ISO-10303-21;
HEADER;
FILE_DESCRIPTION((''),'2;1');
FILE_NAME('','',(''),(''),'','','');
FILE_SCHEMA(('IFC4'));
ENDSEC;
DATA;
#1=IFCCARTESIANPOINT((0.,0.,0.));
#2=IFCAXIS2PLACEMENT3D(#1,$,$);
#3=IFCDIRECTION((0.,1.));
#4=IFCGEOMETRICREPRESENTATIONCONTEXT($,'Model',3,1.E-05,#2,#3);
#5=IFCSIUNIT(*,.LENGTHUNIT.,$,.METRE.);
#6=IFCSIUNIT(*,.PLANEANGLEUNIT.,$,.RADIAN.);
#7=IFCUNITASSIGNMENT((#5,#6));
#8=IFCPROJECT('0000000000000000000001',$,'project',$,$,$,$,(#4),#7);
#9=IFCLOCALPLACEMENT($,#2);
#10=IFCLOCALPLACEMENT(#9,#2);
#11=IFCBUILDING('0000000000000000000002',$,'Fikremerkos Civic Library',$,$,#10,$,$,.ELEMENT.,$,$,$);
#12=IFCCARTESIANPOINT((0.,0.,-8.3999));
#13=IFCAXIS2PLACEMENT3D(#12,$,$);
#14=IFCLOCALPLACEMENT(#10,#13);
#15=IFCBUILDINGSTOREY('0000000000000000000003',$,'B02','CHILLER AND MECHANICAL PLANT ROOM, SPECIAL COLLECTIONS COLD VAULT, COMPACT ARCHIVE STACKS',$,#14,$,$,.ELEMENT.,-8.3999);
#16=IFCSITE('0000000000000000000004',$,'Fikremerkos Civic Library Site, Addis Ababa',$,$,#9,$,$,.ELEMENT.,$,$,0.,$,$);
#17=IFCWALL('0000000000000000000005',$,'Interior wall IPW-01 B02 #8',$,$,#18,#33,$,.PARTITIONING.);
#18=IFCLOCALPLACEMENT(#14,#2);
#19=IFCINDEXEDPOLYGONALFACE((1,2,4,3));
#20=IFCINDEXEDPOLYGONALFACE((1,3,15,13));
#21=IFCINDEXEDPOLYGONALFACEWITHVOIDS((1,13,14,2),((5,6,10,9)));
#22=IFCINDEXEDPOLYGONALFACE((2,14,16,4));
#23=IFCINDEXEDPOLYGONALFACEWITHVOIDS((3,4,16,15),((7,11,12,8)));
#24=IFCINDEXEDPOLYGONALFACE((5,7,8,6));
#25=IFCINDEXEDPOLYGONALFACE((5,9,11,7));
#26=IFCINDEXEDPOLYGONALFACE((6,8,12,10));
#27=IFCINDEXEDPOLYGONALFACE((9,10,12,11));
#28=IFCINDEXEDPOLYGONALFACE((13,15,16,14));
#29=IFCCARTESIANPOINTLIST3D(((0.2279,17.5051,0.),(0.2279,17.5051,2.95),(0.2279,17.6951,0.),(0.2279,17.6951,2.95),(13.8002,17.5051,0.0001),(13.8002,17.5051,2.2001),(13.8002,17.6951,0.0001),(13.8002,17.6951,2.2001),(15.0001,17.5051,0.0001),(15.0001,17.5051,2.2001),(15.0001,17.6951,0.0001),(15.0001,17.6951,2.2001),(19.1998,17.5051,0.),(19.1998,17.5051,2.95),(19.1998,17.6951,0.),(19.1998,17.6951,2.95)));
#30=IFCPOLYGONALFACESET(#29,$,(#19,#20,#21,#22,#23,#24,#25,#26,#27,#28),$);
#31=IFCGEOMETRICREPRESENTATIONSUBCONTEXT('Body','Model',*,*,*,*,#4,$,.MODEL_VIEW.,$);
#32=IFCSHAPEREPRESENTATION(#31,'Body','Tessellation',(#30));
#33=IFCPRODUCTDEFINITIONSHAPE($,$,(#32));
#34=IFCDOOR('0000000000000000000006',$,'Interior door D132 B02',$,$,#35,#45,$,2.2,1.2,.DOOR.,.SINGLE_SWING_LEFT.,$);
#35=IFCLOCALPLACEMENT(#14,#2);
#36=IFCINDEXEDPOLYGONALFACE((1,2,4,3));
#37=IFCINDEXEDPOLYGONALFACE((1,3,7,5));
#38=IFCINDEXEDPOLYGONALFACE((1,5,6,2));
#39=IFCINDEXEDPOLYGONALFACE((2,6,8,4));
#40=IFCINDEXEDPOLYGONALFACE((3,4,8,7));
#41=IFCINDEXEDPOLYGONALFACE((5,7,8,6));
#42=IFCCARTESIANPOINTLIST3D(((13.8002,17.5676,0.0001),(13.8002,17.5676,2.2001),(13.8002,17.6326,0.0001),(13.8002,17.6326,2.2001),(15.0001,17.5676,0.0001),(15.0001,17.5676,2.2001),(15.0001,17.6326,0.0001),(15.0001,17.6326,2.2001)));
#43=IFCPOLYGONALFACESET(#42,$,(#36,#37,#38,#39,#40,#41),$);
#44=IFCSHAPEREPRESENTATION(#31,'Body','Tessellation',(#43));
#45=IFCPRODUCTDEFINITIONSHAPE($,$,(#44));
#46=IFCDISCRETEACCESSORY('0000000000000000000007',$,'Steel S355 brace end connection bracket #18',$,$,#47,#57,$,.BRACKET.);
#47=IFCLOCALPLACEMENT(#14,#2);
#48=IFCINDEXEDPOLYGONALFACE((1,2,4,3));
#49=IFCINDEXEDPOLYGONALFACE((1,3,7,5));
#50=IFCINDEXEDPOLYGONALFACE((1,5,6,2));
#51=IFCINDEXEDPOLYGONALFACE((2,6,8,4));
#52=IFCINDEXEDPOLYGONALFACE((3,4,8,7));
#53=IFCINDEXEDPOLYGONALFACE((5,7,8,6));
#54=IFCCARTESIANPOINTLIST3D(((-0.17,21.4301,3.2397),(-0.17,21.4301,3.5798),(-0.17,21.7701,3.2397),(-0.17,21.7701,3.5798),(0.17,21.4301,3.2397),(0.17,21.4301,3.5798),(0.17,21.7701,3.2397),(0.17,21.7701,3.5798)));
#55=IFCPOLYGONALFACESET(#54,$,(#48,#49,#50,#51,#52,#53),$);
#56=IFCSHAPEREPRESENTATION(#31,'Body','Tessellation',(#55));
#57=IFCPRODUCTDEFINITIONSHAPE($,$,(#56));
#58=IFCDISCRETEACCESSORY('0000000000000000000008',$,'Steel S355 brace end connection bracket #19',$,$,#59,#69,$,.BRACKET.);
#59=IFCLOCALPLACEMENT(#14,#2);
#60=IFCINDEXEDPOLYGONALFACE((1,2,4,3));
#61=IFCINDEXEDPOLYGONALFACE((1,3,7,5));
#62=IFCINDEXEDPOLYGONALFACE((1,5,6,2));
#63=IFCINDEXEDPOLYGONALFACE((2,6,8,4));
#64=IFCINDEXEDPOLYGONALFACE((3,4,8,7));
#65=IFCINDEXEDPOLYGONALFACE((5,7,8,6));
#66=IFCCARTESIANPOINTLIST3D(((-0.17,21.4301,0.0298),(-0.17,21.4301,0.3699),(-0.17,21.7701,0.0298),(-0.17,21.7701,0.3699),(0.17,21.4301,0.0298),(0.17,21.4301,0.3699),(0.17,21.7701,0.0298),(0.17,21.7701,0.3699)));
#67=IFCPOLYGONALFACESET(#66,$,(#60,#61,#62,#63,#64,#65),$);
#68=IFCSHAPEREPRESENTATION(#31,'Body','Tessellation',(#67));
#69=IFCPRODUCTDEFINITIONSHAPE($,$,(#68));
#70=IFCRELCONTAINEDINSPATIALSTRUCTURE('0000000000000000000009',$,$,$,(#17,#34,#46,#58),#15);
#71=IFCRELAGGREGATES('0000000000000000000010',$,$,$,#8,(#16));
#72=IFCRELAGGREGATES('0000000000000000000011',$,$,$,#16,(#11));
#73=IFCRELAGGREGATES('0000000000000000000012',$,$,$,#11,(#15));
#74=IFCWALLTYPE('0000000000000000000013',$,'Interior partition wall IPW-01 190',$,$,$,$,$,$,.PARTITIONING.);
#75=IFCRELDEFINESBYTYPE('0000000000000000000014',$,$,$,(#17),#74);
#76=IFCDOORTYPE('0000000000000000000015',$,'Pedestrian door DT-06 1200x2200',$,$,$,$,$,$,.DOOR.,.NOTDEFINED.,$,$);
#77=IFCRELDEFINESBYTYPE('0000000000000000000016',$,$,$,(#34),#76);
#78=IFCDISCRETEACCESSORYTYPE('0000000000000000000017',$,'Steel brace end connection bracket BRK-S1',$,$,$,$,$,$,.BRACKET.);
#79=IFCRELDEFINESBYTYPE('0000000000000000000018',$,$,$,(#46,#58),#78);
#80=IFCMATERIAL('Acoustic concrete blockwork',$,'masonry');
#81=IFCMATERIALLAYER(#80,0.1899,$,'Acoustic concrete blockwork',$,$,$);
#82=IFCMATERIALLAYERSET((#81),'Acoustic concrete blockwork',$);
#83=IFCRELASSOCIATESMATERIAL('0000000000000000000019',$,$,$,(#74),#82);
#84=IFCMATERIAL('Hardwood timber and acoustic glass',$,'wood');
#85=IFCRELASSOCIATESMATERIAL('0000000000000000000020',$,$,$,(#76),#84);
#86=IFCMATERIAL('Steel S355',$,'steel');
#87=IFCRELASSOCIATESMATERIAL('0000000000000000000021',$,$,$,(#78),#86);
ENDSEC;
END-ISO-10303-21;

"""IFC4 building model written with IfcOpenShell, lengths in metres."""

from ifc_helpers import new_model, si_unit, direction, frame, frame_2d, origin, origin_2d, place, context, subcontext, project, spatial, rectangle, extrude, material, layer, layer_set, type_object, element, fill, save


model = new_model("IFC4")

# Units and contexts
model_context = context("Model", 3, precision=1e-05, world=origin(), true_north=direction((0.0, 1.0)))
body_context = subcontext(model_context, "Body", "Model", "MODEL_VIEW")
ifc_project = project(units=[si_unit("LENGTHUNIT", "METRE"), si_unit("PLANEANGLEUNIT", "RADIAN")], contexts=[model_context])

# Site, building, storey
site_placement = place(None, origin())
site = spatial("IfcSite", under=ifc_project, at=site_placement, Name="Fikremerkos Civic Library Site, Addis Ababa", CompositionType="ELEMENT", RefElevation=0.0)
building_placement = place(site_placement, origin())
building = spatial("IfcBuilding", under=site, at=building_placement, Name="Fikremerkos Civic Library", CompositionType="ELEMENT")
storey_placement = place(building_placement, frame((0.0, 0.0, -8.3999)))
storey = spatial("IfcBuildingStorey", under=building, at=storey_placement, Name="B02", Description="CHILLER AND MECHANICAL PLANT ROOM, SPECIAL COLLECTIONS COLD VAULT, COMPACT ARCHIVE STACKS", CompositionType="ELEMENT", Elevation=-8.3999)

# Shared definitions
ifc_material_1 = material(Name="Steel S355", Category="steel")

# Wall, opening, door
ifc_material_2 = material(Name="Acoustic concrete blockwork", Category="masonry")
ifc_layer_1 = layer(ifc_material_2, 0.1899, Name="Acoustic concrete blockwork")
ifc_layer_set_1 = layer_set([ifc_layer_1], Name="Acoustic concrete blockwork")
wall_type_1 = type_object("IfcWallType", Name="Interior partition wall IPW-01 190", PredefinedType="PARTITIONING", material=ifc_layer_set_1)
wall_1_placement = place(storey_placement, frame((0.228, 17.6001, 0.0), z_axis=(0.0, 0.0, 1.0), x_axis=(1.0, 0.0, 0.0)))
wall_1 = element("IfcWall", 1, at=wall_1_placement, inside=storey, type_object=wall_type_1, Name="Interior wall IPW-01 B02 #8", PredefinedType="PARTITIONING", context=body_context, shape_type="SweptSolid", body=[
    extrude(rectangle(XDim=18.9719, YDim=0.1899, at=frame_2d((9.4858, 0.0))), origin(), (0.0, 0.0, 1.0), 2.95),
])
opening_placement = place(wall_1_placement, frame((13.572, 0.0, 0.0)))
opening = element("IfcOpeningElement", 2, at=opening_placement, cuts=wall_1, PredefinedType="OPENING", context=body_context, shape_type="SweptSolid", body=[
    extrude(rectangle(XDim=1.2, YDim=2.2, at=frame_2d((0.6001, 1.1001))), frame((0.0, 0.105, 0.0), z_axis=(0.0, -1.0, 0.0), x_axis=(1.0, 0.0, 0.0)), (0.0, 0.0, 1.0), 0.21),
])
ifc_material_3 = material(Name="Hardwood timber and acoustic glass", Category="wood")
door_type = type_object("IfcDoorType", Name="Pedestrian door DT-06 1200x2200", OperationType="NOTDEFINED", PredefinedType="DOOR", material=ifc_material_3)
door_placement = place(opening_placement, origin())
door = element("IfcDoor", 3, at=door_placement, inside=storey, type_object=door_type, Name="Interior door D132 B02", OperationType="SINGLE_SWING_LEFT", OverallHeight=2.2, OverallWidth=1.2, PredefinedType="DOOR", context=body_context, shape_type="SweptSolid", body=[
    extrude(rectangle(XDim=1.2, YDim=2.2, at=frame_2d((0.6001, 1.1001))), frame((0.0, 0.0325, 0.0), z_axis=(0.0, -1.0, 0.0), x_axis=(1.0, 0.0, 0.0)), (0.0, 0.0, 1.0), 0.0649),
])
fill(opening, door)

# Discrete accessories
discrete_accessory_type = type_object("IfcDiscreteAccessoryType", Name="Steel brace end connection bracket BRK-S1", PredefinedType="BRACKET", material=ifc_material_1)
for number, where, z_axis, x_axis, name in (
    (4, (0.0, 21.6001, 3.2397), (0.0, 0.0, 1.0), (1.0, 0.0, 0.0), "Steel S355 brace end connection bracket #18"),
    (5, (0.0, 21.6001, 0.0298), (0.0, 0.0, 1.0), (1.0, 0.0, 0.0), "Steel S355 brace end connection bracket #19"),
):
    element("IfcDiscreteAccessory", number, at=place(storey_placement, frame(where, z_axis=z_axis, x_axis=x_axis)), inside=storey, type_object=discrete_accessory_type, Name=name, PredefinedType="BRACKET", context=body_context, shape_type="SweptSolid", body=[
        extrude(rectangle(XDim=0.3401, YDim=0.3401, at=origin_2d()), origin(), (0.0, 0.0, 1.0), 0.3401),
    ])

save(model, "model.ifc")
